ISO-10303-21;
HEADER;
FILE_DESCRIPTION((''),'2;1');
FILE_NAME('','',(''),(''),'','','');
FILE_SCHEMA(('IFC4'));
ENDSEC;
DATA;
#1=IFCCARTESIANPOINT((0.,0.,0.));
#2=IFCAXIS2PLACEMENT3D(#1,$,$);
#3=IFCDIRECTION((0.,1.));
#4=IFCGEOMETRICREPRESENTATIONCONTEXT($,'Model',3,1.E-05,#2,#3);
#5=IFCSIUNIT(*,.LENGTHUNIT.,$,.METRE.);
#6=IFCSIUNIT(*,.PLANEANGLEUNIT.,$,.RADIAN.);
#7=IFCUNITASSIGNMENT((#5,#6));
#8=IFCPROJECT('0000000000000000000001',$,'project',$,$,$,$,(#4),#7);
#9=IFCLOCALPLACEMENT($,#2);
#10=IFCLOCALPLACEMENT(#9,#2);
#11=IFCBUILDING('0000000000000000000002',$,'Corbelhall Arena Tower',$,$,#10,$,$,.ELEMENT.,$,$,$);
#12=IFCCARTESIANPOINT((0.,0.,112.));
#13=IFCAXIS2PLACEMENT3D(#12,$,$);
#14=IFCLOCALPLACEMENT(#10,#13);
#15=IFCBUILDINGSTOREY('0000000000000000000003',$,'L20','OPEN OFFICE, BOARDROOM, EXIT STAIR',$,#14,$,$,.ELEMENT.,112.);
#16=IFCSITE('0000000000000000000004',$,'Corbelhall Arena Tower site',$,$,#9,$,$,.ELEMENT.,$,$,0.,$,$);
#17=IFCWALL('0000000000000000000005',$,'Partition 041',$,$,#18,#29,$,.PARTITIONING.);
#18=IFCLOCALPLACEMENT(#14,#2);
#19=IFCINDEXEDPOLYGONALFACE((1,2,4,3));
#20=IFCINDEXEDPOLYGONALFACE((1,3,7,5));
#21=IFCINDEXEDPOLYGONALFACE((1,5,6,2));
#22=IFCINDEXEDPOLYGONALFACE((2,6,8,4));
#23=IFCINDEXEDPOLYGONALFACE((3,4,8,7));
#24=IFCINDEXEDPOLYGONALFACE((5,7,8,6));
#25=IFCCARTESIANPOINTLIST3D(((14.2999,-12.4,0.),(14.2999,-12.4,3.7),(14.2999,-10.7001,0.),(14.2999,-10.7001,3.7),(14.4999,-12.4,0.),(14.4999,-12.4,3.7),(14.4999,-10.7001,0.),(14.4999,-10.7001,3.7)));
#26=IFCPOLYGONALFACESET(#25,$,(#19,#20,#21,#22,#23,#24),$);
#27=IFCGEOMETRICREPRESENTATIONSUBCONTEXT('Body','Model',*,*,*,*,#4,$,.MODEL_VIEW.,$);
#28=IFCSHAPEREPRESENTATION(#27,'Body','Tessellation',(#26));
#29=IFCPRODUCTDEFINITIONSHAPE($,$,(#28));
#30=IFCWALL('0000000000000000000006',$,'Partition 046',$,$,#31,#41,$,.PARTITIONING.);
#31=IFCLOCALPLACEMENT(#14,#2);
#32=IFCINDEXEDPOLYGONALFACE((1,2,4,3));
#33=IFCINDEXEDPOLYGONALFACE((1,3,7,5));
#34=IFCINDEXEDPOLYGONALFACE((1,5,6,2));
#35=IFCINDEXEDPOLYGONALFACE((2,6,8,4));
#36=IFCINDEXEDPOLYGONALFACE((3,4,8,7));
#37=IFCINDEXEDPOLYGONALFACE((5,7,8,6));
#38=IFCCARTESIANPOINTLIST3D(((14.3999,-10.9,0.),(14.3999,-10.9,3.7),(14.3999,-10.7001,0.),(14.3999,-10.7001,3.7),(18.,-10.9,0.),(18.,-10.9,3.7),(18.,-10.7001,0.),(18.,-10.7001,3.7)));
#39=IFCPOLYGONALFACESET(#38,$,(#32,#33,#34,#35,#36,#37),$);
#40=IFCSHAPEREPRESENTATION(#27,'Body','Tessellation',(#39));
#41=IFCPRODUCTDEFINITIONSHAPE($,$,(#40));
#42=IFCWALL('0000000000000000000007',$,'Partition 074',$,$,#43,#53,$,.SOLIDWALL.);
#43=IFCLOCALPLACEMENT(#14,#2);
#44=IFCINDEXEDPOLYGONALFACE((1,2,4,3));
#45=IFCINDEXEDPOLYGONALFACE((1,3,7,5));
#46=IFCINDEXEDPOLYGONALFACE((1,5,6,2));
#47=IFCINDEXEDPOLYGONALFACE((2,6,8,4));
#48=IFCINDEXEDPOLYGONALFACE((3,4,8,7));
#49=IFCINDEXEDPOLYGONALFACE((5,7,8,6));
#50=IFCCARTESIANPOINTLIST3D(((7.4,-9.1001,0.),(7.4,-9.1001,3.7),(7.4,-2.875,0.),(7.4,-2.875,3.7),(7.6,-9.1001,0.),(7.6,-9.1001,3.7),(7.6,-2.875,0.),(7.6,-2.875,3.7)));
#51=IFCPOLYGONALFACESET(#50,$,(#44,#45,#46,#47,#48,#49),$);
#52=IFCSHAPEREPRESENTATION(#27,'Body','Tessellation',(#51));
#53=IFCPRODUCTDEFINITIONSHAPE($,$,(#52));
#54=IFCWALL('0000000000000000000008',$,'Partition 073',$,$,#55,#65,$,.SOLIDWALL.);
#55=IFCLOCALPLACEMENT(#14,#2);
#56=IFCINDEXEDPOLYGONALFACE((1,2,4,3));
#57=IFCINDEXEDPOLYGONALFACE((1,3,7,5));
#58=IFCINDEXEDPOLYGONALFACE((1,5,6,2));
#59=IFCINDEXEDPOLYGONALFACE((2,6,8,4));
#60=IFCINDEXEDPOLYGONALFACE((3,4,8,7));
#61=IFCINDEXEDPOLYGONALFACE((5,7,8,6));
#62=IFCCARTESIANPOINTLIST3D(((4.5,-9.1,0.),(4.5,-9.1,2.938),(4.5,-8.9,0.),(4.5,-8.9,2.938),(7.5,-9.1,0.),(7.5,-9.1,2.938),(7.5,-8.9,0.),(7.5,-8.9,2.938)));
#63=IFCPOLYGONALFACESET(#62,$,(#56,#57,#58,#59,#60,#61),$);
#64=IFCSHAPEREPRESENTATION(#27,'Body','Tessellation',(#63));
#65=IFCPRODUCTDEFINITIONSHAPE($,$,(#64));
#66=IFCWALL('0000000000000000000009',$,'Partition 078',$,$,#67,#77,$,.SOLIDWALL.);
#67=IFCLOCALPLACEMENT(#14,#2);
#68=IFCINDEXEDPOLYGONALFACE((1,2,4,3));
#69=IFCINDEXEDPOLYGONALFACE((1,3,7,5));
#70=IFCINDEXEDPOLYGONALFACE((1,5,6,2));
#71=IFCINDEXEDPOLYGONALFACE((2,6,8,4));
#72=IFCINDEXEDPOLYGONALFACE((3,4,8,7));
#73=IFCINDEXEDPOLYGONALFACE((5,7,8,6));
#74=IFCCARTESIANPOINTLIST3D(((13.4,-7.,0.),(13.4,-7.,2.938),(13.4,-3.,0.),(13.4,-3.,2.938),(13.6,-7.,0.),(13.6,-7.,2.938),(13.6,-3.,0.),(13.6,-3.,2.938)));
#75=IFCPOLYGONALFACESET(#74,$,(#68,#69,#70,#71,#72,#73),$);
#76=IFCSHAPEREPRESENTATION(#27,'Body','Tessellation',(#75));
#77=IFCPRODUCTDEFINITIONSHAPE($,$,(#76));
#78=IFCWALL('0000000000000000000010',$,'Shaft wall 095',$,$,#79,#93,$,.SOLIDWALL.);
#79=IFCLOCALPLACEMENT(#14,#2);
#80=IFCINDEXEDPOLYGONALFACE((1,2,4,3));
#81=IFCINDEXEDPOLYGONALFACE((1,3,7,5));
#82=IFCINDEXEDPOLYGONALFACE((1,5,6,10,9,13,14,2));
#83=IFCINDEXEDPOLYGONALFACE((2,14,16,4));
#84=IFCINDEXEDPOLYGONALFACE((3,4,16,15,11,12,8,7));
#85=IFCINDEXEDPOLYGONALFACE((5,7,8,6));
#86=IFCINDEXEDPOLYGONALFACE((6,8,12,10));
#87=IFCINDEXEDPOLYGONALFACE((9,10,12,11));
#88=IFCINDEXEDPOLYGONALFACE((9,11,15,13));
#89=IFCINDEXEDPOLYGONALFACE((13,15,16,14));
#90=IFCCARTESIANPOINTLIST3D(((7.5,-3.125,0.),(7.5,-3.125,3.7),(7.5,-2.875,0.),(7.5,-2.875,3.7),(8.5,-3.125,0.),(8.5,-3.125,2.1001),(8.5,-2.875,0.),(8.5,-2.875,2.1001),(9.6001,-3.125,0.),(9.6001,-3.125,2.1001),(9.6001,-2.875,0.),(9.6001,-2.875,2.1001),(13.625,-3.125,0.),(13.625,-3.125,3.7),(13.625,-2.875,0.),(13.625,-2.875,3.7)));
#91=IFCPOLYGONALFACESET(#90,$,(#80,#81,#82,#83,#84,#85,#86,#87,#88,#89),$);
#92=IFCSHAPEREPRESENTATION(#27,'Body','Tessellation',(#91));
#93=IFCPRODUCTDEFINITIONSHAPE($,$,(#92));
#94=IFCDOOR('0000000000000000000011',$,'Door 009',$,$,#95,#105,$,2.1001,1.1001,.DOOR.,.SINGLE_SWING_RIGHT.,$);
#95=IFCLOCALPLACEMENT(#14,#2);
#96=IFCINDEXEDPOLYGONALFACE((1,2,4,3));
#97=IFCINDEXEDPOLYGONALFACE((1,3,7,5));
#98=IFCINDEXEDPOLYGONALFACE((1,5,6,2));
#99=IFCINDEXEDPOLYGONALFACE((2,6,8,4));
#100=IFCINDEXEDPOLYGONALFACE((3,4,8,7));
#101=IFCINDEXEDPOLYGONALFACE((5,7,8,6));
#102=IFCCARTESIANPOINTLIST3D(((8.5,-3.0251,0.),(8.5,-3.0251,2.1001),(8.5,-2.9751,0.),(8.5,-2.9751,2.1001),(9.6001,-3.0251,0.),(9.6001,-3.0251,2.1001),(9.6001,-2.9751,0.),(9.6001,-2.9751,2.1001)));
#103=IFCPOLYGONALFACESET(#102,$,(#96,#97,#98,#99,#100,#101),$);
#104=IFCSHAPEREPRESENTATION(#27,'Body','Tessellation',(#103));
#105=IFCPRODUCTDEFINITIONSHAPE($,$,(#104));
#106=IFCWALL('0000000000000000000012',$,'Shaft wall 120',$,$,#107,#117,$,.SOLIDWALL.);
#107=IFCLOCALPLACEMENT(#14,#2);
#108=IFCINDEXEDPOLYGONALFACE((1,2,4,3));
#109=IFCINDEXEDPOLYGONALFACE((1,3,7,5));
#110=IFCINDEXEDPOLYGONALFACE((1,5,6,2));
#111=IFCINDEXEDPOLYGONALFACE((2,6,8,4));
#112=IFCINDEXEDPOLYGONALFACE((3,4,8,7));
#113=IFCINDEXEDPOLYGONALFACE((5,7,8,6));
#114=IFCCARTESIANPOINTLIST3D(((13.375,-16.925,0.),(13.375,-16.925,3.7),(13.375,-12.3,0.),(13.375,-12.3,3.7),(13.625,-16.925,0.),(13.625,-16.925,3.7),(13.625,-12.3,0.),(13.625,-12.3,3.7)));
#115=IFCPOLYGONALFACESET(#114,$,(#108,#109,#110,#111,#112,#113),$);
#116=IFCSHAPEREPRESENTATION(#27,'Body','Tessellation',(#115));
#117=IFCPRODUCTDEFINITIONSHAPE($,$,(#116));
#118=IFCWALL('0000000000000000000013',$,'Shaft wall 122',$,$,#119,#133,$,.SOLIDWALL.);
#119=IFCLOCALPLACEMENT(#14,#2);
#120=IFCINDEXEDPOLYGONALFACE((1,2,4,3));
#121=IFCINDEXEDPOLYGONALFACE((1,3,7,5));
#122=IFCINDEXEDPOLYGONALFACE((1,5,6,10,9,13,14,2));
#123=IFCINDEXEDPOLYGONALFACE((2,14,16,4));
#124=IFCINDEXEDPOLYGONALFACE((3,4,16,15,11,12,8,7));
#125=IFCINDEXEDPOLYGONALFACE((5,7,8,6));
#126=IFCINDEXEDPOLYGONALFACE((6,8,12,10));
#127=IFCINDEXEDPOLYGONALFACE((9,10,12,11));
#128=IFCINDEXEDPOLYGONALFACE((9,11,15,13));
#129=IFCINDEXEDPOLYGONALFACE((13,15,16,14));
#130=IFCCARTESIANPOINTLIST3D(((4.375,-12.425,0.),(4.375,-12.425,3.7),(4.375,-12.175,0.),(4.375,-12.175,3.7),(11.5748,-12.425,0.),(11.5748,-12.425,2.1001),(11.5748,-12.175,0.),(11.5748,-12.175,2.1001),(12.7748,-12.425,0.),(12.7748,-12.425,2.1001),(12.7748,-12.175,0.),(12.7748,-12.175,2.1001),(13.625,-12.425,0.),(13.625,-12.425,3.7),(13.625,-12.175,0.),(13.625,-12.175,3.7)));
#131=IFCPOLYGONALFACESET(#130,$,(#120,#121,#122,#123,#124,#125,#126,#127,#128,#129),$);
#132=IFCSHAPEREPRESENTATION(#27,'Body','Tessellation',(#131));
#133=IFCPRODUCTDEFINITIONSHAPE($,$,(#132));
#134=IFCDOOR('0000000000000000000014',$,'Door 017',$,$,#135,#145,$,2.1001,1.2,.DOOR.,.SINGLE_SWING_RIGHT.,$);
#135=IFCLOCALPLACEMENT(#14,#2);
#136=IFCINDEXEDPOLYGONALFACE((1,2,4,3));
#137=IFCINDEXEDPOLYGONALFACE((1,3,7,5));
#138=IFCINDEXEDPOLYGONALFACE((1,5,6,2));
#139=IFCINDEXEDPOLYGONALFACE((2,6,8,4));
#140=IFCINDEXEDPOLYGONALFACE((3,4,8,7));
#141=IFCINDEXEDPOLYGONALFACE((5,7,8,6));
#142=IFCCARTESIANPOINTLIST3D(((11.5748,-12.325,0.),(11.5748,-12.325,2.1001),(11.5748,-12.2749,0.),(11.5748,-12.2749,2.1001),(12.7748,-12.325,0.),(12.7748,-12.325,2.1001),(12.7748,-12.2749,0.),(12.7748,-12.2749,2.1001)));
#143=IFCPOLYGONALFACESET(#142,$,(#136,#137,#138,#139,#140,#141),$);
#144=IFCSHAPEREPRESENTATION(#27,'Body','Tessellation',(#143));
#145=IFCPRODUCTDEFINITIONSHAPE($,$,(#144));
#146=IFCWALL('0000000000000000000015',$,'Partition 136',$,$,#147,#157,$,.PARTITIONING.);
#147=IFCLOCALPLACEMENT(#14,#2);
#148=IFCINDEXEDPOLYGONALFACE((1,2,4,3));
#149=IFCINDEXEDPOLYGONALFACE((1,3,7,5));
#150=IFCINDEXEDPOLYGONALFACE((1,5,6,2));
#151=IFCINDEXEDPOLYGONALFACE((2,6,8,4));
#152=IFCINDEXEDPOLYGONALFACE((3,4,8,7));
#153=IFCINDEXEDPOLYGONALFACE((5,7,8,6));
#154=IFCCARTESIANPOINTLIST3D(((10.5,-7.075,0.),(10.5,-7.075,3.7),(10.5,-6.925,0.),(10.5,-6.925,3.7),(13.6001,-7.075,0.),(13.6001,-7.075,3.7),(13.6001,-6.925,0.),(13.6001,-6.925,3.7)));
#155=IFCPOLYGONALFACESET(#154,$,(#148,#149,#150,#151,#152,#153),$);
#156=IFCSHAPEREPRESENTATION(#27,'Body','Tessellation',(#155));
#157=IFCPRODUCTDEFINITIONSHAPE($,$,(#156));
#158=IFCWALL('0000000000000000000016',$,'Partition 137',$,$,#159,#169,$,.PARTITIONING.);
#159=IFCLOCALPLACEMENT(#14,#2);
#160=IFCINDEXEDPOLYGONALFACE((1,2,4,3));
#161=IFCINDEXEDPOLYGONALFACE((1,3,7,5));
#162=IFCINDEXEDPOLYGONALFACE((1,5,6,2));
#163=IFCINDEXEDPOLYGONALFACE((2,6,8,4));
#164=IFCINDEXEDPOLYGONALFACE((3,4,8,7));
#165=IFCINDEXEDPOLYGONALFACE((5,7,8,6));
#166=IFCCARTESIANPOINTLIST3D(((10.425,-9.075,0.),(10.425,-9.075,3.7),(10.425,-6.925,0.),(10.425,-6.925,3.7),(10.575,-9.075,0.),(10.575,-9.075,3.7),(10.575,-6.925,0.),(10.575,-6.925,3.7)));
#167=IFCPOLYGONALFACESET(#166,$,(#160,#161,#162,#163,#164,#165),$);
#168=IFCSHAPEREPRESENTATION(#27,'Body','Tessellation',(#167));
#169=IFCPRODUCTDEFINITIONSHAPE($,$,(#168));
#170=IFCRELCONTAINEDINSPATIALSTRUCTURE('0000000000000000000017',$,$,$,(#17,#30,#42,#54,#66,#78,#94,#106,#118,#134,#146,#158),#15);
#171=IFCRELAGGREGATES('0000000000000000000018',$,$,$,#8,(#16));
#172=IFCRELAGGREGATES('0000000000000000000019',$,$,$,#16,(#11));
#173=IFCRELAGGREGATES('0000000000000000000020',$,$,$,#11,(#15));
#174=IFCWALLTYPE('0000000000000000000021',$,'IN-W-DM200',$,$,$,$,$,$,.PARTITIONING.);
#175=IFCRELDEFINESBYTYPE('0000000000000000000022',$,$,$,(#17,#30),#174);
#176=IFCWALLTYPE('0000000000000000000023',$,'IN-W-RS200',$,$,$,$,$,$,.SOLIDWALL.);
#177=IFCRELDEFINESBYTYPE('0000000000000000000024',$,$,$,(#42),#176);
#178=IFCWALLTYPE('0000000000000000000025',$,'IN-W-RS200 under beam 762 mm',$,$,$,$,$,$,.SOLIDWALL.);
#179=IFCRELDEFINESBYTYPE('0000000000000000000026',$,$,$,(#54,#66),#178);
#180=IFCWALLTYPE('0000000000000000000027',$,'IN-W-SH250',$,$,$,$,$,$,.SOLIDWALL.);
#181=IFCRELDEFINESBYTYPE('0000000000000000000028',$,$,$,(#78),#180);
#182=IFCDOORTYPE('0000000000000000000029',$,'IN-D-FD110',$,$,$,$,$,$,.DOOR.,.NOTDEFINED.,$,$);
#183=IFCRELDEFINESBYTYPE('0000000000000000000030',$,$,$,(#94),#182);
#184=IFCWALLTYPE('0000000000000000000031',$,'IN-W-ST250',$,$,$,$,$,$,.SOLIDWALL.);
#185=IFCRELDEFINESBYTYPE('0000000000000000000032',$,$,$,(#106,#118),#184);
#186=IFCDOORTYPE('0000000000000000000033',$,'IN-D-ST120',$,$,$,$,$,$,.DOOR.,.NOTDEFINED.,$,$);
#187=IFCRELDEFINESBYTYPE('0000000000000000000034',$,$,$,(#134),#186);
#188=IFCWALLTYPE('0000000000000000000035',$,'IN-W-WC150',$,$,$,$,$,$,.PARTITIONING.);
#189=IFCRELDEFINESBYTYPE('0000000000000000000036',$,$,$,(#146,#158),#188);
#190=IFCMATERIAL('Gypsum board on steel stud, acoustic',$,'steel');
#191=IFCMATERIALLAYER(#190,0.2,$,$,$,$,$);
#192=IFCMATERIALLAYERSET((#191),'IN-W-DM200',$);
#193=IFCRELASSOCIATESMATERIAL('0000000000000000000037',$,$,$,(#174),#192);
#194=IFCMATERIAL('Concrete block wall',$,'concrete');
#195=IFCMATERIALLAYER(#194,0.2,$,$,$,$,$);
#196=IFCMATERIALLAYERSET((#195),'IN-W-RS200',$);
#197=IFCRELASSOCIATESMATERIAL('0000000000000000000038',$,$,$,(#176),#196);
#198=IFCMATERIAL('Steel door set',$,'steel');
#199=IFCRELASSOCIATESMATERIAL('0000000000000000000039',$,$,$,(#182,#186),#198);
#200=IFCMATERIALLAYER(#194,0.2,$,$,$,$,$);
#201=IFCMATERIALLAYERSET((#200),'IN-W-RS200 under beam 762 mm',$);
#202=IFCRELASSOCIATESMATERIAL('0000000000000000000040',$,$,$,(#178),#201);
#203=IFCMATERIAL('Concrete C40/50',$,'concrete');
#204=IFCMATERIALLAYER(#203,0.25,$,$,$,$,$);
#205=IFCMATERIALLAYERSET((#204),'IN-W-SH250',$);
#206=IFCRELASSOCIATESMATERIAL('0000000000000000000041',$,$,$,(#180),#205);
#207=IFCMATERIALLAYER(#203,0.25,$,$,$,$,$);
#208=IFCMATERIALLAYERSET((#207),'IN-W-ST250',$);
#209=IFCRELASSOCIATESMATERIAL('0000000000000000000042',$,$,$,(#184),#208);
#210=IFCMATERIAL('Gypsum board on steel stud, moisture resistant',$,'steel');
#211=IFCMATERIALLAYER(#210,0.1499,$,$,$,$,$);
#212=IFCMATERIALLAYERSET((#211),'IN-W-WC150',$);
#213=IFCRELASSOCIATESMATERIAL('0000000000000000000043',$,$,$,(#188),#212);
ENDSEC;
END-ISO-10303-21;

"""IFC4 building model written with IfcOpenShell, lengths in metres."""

from ifc_helpers import new_model, si_unit, direction, frame, frame_2d, origin, place, context, subcontext, project, spatial, rectangle, extrude, material, layer, layer_set, type_object, element, fill, save


model = new_model("IFC4")

# Units and contexts
model_context = context("Model", 3, precision=1e-05, world=origin(), true_north=direction((0.0, 1.0)))
body_context = subcontext(model_context, "Body", "Model", "MODEL_VIEW")
ifc_project = project(units=[si_unit("LENGTHUNIT", "METRE"), si_unit("PLANEANGLEUNIT", "RADIAN")], contexts=[model_context])

# Site, building, storey
site_placement = place(None, origin())
site = spatial("IfcSite", under=ifc_project, at=site_placement, Name="Corbelhall Arena Tower site", CompositionType="ELEMENT", RefElevation=0.0)
building_placement = place(site_placement, origin())
building = spatial("IfcBuilding", under=site, at=building_placement, Name="Corbelhall Arena Tower", CompositionType="ELEMENT")
storey_placement = place(building_placement, frame((0.0, 0.0, 112.0)))
storey = spatial("IfcBuildingStorey", under=building, at=storey_placement, Name="L20", Description="OPEN OFFICE, BOARDROOM, EXIT STAIR", CompositionType="ELEMENT", Elevation=112.0)

# Shared definitions
ifc_material_1 = material(Name="Concrete C40/50", Category="concrete")

# Walls
ifc_material_2 = material(Name="Gypsum board on steel stud, acoustic", Category="steel")
ifc_layer_1 = layer(ifc_material_2, 0.2)
ifc_layer_set_1 = layer_set([ifc_layer_1], Name="IN-W-DM200")
wall_type_1 = type_object("IfcWallType", Name="IN-W-DM200", PredefinedType="PARTITIONING", material=ifc_layer_set_1)
wall_1_placement = place(storey_placement, frame((14.3999, -10.7, 0.0), z_axis=(0.0, 0.0, 1.0), x_axis=(0.0, -1.0, 0.0)))
element("IfcWall", 1, at=wall_1_placement, inside=storey, type_object=wall_type_1, Name="Partition 041", PredefinedType="PARTITIONING", context=body_context, shape_type="SweptSolid", body=[
    extrude(rectangle(XDim=1.7, YDim=0.2, at=frame_2d((0.8501, 0.0))), origin(), (0.0, 0.0, 1.0), 3.7),
])
wall_2_placement = place(storey_placement, frame((18.0, -10.8, 0.0), z_axis=(0.0, 0.0, 1.0), x_axis=(-1.0, 0.0, 0.0)))
element("IfcWall", 2, at=wall_2_placement, inside=storey, type_object=wall_type_1, Name="Partition 046", PredefinedType="PARTITIONING", context=body_context, shape_type="SweptSolid", body=[
    extrude(rectangle(XDim=3.6001, YDim=0.2, at=frame_2d((1.8, 0.0))), origin(), (0.0, 0.0, 1.0), 3.7),
])
ifc_material_3 = material(Name="Concrete block wall", Category="concrete")
ifc_layer_2 = layer(ifc_material_3, 0.2)
ifc_layer_set_2 = layer_set([ifc_layer_2], Name="IN-W-RS200")
wall_type_2 = type_object("IfcWallType", Name="IN-W-RS200", PredefinedType="SOLIDWALL", material=ifc_layer_set_2)
wall_3_placement = place(storey_placement, frame((7.5, -2.875, 0.0), z_axis=(0.0, 0.0, 1.0), x_axis=(0.0, -1.0, 0.0)))
element("IfcWall", 3, at=wall_3_placement, inside=storey, type_object=wall_type_2, Name="Partition 074", PredefinedType="SOLIDWALL", context=body_context, shape_type="SweptSolid", body=[
    extrude(rectangle(XDim=6.2251, YDim=0.2, at=frame_2d((3.1125, 0.0))), origin(), (0.0, 0.0, 1.0), 3.7),
])

# Shared definitions
ifc_material_4 = material(Name="Steel door set", Category="steel")
door_type_1 = type_object("IfcDoorType", Name="IN-D-FD110", OperationType="NOTDEFINED", PredefinedType="DOOR", material=ifc_material_4)
ifc_layer_3 = layer(ifc_material_3, 0.2)
ifc_layer_set_3 = layer_set([ifc_layer_3], Name="IN-W-RS200 under beam 762 mm")
wall_type_3 = type_object("IfcWallType", Name="IN-W-RS200 under beam 762 mm", PredefinedType="SOLIDWALL", material=ifc_layer_set_3)

# Walls
wall_4_placement = place(storey_placement, frame((7.5, -9.0, 0.0), z_axis=(0.0, 0.0, 1.0), x_axis=(-1.0, 0.0, 0.0)))
element("IfcWall", 4, at=wall_4_placement, inside=storey, type_object=wall_type_3, Name="Partition 073", PredefinedType="SOLIDWALL", context=body_context, shape_type="SweptSolid", body=[
    extrude(rectangle(XDim=3.0, YDim=0.2, at=frame_2d((1.5, 0.0))), origin(), (0.0, 0.0, 1.0), 2.938),
])
wall_5_placement = place(storey_placement, frame((13.5, -3.0, 0.0), z_axis=(0.0, 0.0, 1.0), x_axis=(0.0, -1.0, 0.0)))
element("IfcWall", 5, at=wall_5_placement, inside=storey, type_object=wall_type_3, Name="Partition 078", PredefinedType="SOLIDWALL", context=body_context, shape_type="SweptSolid", body=[
    extrude(rectangle(XDim=4.0, YDim=0.2, at=frame_2d((2.0, 0.0))), origin(), (0.0, 0.0, 1.0), 2.938),
])

# Wall, opening, door
ifc_layer_4 = layer(ifc_material_1, 0.25)
ifc_layer_set_4 = layer_set([ifc_layer_4], Name="IN-W-SH250")
wall_type_4 = type_object("IfcWallType", Name="IN-W-SH250", PredefinedType="SOLIDWALL", material=ifc_layer_set_4)
wall_6_placement = place(storey_placement, frame((7.5, -3.0, 0.0), z_axis=(0.0, 0.0, 1.0), x_axis=(1.0, 0.0, 0.0)))
wall_6 = element("IfcWall", 6, at=wall_6_placement, inside=storey, type_object=wall_type_4, Name="Shaft wall 095", PredefinedType="SOLIDWALL", context=body_context, shape_type="SweptSolid", body=[
    extrude(rectangle(XDim=6.125, YDim=0.25, at=frame_2d((3.0625, 0.0))), origin(), (0.0, 0.0, 1.0), 3.7),
])
opening_1_placement = place(wall_6_placement, frame((1.0, 0.0, 0.0)))
opening_1 = element("IfcOpeningElement", 7, at=opening_1_placement, cuts=wall_6, PredefinedType="OPENING", context=body_context, shape_type="SweptSolid", body=[
    extrude(rectangle(XDim=1.1001, YDim=2.1001, at=frame_2d((0.55, 1.05))), frame((0.0, 0.125, 0.0), z_axis=(0.0, -1.0, 0.0), x_axis=(1.0, 0.0, 0.0)), (0.0, 0.0, 1.0), 0.25),
])
door_1_placement = place(opening_1_placement, origin())
door_1 = element("IfcDoor", 8, at=door_1_placement, inside=storey, type_object=door_type_1, Name="Door 009", OperationType="SINGLE_SWING_RIGHT", OverallHeight=2.1001, OverallWidth=1.1001, PredefinedType="DOOR", context=body_context, shape_type="SweptSolid", body=[
    extrude(rectangle(XDim=1.1001, YDim=2.1001, at=frame_2d((0.55, 1.05))), frame((0.0, 0.0249, 0.0), z_axis=(0.0, -1.0, 0.0), x_axis=(1.0, 0.0, 0.0)), (0.0, 0.0, 1.0), 0.05),
])
fill(opening_1, door_1)

# Wall
ifc_layer_5 = layer(ifc_material_1, 0.25)
ifc_layer_set_5 = layer_set([ifc_layer_5], Name="IN-W-ST250")
wall_type_5 = type_object("IfcWallType", Name="IN-W-ST250", PredefinedType="SOLIDWALL", material=ifc_layer_set_5)
wall_7_placement = place(storey_placement, frame((13.5, -12.3, 0.0), z_axis=(0.0, 0.0, 1.0), x_axis=(0.0, -1.0, 0.0)))
element("IfcWall", 9, at=wall_7_placement, inside=storey, type_object=wall_type_5, Name="Shaft wall 120", PredefinedType="SOLIDWALL", context=body_context, shape_type="SweptSolid", body=[
    extrude(rectangle(XDim=4.625, YDim=0.25, at=frame_2d((2.3125, 0.0))), origin(), (0.0, 0.0, 1.0), 3.7),
])

# Wall, opening, door
wall_8_placement = place(storey_placement, frame((13.625, -12.3, 0.0), z_axis=(0.0, 0.0, 1.0), x_axis=(-1.0, 0.0, 0.0)))
wall_8 = element("IfcWall", 10, at=wall_8_placement, inside=storey, type_object=wall_type_5, Name="Shaft wall 122", PredefinedType="SOLIDWALL", context=body_context, shape_type="SweptSolid", body=[
    extrude(rectangle(XDim=9.25, YDim=0.25, at=frame_2d((4.625, 0.0))), origin(), (0.0, 0.0, 1.0), 3.7),
])
opening_2_placement = place(wall_8_placement, frame((0.8501, 0.0, 0.0)))
opening_2 = element("IfcOpeningElement", 11, at=opening_2_placement, cuts=wall_8, PredefinedType="OPENING", context=body_context, shape_type="SweptSolid", body=[
    extrude(rectangle(XDim=1.2, YDim=2.1001, at=frame_2d((0.6001, 1.05))), frame((0.0, 0.125, 0.0), z_axis=(0.0, -1.0, 0.0), x_axis=(1.0, 0.0, 0.0)), (0.0, 0.0, 1.0), 0.25),
])
door_type_2 = type_object("IfcDoorType", Name="IN-D-ST120", OperationType="NOTDEFINED", PredefinedType="DOOR", material=ifc_material_4)
door_2_placement = place(opening_2_placement, origin())
door_2 = element("IfcDoor", 12, at=door_2_placement, inside=storey, type_object=door_type_2, Name="Door 017", OperationType="SINGLE_SWING_RIGHT", OverallHeight=2.1001, OverallWidth=1.2, PredefinedType="DOOR", context=body_context, shape_type="SweptSolid", body=[
    extrude(rectangle(XDim=1.2, YDim=2.1001, at=frame_2d((0.6001, 1.05))), frame((0.0, 0.0249, 0.0), z_axis=(0.0, -1.0, 0.0), x_axis=(1.0, 0.0, 0.0)), (0.0, 0.0, 1.0), 0.05),
])
fill(opening_2, door_2)

# Walls
ifc_material_5 = material(Name="Gypsum board on steel stud, moisture resistant", Category="steel")
ifc_layer_6 = layer(ifc_material_5, 0.1499)
ifc_layer_set_6 = layer_set([ifc_layer_6], Name="IN-W-WC150")
wall_type_6 = type_object("IfcWallType", Name="IN-W-WC150", PredefinedType="PARTITIONING", material=ifc_layer_set_6)
wall_9_placement = place(storey_placement, frame((10.5, -7.0, 0.0), z_axis=(0.0, 0.0, 1.0), x_axis=(1.0, 0.0, 0.0)))
element("IfcWall", 13, at=wall_9_placement, inside=storey, type_object=wall_type_6, Name="Partition 136", PredefinedType="PARTITIONING", context=body_context, shape_type="SweptSolid", body=[
    extrude(rectangle(XDim=3.1001, YDim=0.1499, at=frame_2d((1.55, 0.0))), origin(), (0.0, 0.0, 1.0), 3.7),
])
wall_10_placement = place(storey_placement, frame((10.5, -6.925, 0.0), z_axis=(0.0, 0.0, 1.0), x_axis=(0.0, -1.0, 0.0)))
element("IfcWall", 14, at=wall_10_placement, inside=storey, type_object=wall_type_6, Name="Partition 137", PredefinedType="PARTITIONING", context=body_context, shape_type="SweptSolid", body=[
    extrude(rectangle(XDim=2.1499, YDim=0.1499, at=frame_2d((1.075, 0.0))), origin(), (0.0, 0.0, 1.0), 3.7),
])

save(model, "model.ifc")
